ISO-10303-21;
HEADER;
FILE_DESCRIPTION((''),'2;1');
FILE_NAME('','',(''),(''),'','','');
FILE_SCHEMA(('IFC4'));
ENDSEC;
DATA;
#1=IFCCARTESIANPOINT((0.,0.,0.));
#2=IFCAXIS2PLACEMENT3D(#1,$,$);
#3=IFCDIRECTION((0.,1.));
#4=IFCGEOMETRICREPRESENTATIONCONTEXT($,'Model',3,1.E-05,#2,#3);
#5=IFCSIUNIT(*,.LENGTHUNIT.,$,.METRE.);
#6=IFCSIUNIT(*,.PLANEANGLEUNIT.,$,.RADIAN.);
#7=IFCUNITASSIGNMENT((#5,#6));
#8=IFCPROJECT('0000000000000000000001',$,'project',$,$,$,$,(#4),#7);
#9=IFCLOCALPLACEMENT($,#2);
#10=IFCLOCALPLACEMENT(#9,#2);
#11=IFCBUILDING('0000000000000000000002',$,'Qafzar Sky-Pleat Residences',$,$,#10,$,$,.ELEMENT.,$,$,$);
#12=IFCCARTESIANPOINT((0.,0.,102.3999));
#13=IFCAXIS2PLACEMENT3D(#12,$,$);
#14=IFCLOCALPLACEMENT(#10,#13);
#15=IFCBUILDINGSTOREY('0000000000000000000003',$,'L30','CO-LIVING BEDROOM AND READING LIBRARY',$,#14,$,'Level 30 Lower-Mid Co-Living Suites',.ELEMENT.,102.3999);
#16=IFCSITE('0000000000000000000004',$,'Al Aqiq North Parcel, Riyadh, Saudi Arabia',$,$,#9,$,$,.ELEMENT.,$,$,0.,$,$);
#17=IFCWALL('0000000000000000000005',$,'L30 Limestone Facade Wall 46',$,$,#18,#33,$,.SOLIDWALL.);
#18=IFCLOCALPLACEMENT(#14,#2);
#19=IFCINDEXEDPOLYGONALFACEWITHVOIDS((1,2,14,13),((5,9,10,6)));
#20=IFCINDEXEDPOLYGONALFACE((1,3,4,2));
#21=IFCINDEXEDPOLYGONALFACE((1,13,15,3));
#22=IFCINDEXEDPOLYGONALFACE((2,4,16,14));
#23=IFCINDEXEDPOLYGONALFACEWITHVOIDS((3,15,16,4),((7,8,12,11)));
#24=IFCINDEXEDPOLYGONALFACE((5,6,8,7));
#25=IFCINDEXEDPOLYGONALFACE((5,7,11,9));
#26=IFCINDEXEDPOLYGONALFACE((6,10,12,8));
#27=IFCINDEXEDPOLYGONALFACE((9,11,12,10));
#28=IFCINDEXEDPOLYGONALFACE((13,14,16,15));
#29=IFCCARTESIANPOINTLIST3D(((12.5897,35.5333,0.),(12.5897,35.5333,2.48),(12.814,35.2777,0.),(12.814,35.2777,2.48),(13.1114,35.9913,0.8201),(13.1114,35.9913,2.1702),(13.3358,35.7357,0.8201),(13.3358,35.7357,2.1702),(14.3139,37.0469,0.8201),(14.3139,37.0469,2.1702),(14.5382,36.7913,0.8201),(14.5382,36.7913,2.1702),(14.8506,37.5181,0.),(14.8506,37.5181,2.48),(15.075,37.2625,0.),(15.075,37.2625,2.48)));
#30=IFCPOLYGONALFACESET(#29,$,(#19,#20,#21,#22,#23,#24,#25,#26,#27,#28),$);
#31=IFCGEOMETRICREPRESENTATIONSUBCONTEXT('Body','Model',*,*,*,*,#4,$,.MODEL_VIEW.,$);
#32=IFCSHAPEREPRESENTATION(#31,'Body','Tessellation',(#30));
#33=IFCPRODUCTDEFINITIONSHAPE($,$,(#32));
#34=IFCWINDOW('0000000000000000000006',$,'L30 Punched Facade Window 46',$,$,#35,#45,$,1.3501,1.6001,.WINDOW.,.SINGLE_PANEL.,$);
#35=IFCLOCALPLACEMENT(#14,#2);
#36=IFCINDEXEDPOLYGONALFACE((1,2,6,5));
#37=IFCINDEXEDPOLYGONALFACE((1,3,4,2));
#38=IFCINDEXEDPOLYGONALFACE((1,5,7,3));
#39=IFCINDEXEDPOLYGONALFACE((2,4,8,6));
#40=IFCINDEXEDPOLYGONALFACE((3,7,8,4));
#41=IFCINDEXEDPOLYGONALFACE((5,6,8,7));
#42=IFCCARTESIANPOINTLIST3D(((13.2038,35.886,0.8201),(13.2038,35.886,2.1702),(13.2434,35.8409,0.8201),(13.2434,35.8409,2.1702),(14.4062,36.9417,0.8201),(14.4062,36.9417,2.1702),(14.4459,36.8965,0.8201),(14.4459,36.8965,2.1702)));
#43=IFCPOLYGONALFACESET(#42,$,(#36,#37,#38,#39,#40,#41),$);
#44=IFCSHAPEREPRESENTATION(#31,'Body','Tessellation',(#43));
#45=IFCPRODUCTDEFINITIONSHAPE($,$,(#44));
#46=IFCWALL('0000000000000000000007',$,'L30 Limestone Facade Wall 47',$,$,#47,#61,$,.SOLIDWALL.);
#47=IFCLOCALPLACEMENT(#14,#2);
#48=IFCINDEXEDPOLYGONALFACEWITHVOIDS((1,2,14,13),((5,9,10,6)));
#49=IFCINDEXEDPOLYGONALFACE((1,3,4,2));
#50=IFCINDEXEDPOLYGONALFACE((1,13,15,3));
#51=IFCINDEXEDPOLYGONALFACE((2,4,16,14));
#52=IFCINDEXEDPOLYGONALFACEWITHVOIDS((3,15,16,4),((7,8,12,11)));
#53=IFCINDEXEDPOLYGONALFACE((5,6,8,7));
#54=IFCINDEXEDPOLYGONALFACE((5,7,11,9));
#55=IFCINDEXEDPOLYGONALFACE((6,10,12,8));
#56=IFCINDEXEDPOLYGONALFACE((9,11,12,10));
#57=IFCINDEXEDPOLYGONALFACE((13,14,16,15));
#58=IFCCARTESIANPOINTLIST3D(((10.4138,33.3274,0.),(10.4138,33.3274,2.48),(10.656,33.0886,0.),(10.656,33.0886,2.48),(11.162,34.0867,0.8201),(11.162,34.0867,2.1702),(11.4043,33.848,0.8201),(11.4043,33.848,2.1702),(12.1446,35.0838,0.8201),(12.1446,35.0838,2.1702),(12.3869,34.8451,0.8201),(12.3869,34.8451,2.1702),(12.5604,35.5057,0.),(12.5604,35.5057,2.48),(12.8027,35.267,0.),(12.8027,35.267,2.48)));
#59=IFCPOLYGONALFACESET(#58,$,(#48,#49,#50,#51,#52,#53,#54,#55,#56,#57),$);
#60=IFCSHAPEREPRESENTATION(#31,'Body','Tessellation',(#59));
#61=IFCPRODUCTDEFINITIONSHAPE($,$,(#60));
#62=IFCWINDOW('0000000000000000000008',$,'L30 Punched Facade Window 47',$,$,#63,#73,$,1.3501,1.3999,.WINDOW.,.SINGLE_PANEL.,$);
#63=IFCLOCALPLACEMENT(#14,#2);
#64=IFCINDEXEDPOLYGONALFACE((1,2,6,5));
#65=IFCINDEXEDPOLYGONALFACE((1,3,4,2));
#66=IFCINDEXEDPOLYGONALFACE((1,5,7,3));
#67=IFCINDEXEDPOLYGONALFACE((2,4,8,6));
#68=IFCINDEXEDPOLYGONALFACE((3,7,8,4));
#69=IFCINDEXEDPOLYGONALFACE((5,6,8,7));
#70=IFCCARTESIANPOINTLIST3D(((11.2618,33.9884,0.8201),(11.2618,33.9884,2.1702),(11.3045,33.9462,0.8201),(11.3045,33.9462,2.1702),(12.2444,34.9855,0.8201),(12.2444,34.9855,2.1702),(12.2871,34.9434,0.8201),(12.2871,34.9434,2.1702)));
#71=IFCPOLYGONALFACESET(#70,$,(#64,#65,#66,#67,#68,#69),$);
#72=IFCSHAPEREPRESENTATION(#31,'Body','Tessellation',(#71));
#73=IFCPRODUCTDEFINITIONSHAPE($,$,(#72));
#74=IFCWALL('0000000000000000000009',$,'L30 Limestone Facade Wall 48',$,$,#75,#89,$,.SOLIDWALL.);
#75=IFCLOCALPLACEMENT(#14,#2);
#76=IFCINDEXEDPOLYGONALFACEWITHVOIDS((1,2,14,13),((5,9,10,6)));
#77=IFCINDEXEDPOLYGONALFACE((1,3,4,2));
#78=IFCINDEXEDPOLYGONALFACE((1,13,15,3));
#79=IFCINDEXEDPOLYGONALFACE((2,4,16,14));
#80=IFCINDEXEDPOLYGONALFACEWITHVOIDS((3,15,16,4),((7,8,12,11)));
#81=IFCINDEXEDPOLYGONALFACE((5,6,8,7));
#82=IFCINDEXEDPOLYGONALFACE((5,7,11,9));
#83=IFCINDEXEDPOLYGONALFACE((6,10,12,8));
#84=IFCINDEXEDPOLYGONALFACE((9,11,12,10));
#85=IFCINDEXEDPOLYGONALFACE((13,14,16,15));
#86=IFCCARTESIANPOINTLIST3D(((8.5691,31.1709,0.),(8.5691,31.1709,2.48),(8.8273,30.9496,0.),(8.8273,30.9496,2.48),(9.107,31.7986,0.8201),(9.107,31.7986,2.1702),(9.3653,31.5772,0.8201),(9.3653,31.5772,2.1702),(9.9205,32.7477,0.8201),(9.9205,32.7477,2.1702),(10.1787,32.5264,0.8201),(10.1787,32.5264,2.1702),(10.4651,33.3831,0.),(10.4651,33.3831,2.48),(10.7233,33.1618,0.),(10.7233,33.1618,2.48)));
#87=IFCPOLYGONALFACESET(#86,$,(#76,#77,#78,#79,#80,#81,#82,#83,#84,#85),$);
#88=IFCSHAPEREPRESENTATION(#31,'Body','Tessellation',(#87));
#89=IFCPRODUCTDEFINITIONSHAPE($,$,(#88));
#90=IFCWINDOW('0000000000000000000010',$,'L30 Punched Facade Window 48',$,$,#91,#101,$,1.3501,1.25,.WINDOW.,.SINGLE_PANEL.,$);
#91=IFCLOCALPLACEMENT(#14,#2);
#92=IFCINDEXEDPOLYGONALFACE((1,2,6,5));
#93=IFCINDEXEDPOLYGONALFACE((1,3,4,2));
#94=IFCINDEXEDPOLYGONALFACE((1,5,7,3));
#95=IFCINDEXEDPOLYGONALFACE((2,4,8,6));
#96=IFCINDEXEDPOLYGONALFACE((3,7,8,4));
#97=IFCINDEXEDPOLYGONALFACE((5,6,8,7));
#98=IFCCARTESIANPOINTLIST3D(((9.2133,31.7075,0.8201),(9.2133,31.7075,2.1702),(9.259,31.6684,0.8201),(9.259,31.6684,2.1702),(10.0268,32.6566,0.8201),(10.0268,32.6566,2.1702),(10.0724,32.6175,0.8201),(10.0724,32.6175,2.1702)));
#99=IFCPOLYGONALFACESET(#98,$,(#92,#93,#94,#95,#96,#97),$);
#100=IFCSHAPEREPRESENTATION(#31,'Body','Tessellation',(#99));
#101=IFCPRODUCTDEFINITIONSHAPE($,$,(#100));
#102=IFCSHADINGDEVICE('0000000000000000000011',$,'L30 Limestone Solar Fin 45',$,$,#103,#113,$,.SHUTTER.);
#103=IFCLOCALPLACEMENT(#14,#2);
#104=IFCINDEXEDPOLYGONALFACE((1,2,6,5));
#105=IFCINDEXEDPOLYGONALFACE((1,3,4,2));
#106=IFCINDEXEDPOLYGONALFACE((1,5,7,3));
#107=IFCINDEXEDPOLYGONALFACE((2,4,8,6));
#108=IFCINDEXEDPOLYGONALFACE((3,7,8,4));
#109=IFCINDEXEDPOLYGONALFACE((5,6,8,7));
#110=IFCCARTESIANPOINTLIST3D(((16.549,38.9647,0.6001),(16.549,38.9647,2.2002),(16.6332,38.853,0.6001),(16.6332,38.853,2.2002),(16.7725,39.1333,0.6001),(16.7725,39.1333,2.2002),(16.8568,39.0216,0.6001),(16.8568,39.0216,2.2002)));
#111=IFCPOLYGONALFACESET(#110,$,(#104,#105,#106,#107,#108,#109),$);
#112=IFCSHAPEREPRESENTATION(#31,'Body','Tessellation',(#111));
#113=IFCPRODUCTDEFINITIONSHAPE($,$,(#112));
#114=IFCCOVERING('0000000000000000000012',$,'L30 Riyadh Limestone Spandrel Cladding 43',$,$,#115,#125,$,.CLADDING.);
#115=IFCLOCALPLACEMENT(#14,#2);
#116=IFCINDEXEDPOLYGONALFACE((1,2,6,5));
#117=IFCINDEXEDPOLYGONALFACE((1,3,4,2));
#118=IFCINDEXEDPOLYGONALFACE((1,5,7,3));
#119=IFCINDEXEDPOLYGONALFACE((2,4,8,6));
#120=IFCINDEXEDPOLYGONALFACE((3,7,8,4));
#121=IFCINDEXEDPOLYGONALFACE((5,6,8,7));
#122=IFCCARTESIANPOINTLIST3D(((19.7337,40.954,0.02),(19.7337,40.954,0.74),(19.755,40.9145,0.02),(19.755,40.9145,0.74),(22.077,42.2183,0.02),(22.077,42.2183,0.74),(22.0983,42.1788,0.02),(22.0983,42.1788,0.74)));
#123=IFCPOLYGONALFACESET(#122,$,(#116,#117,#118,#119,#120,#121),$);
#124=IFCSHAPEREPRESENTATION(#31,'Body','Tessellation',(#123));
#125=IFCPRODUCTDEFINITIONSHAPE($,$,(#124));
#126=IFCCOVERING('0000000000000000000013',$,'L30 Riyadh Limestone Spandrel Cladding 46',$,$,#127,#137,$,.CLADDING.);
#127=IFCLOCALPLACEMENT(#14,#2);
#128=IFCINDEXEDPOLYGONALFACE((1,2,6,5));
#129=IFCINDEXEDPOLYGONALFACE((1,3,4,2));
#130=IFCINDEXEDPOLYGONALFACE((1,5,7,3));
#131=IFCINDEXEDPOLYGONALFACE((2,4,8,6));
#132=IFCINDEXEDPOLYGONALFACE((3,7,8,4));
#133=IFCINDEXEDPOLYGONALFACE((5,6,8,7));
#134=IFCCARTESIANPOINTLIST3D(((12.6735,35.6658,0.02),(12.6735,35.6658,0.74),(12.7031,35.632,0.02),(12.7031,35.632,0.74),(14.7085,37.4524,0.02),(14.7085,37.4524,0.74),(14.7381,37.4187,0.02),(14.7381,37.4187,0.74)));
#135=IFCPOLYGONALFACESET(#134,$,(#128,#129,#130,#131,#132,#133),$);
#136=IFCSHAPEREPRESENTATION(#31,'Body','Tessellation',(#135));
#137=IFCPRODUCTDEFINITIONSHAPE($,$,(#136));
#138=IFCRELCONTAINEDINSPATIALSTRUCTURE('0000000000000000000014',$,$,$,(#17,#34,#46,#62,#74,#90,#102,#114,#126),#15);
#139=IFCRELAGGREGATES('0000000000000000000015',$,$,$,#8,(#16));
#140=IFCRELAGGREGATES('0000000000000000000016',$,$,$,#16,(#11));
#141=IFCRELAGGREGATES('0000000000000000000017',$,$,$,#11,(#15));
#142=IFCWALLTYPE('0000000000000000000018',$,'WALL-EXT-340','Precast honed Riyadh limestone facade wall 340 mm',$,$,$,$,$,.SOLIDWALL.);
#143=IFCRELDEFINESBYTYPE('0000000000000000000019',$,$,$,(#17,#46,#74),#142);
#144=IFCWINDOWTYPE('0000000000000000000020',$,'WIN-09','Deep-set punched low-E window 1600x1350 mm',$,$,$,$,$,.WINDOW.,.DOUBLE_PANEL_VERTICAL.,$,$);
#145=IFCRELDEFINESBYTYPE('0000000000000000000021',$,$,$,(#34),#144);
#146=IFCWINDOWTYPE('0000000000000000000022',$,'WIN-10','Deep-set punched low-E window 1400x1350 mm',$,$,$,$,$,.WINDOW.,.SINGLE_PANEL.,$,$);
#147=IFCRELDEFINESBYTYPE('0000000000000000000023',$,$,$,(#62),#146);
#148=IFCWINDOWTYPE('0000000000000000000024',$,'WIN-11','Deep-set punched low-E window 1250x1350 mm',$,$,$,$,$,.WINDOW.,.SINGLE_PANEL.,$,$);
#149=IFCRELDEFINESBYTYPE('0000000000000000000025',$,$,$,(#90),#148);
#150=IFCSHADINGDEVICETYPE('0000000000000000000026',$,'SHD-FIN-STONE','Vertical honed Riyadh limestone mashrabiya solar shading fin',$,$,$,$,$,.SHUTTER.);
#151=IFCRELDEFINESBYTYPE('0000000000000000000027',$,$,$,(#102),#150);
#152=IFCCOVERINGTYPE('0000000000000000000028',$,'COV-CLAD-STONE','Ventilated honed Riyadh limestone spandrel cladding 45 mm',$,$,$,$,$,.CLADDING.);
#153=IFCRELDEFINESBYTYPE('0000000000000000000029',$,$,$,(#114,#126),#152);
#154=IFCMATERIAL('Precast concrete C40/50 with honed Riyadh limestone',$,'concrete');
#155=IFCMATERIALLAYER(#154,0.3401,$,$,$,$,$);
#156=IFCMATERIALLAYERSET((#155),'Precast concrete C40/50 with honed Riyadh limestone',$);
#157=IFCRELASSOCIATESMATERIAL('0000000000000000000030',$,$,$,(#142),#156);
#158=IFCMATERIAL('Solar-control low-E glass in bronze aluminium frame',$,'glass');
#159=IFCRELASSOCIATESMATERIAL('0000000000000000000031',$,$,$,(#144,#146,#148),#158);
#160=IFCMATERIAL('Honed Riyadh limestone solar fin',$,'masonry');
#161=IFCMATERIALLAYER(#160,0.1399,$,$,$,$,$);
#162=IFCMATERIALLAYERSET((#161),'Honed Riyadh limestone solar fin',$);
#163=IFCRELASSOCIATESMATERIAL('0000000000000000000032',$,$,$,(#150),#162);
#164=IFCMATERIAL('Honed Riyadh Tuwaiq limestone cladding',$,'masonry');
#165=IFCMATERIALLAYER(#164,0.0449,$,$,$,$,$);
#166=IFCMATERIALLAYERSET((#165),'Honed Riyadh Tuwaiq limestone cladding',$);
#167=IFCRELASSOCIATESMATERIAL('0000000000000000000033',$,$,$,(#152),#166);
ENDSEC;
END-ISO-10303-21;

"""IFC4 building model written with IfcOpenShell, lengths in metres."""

from ifc_helpers import new_model, si_unit, direction, frame, frame_2d, origin, origin_2d, place, context, subcontext, project, spatial, rectangle, extrude, source, transform, mapped, material, layer, layer_set, type_object, element, fill, save


model = new_model("IFC4")

# Units and contexts
model_context = context("Model", 3, precision=1e-05, world=origin(), true_north=direction((0.0, 1.0)))
body_context = subcontext(model_context, "Body", "Model", "MODEL_VIEW")
ifc_project = project(units=[si_unit("LENGTHUNIT", "METRE"), si_unit("PLANEANGLEUNIT", "RADIAN")], contexts=[model_context])

# Site, building, storey
site_placement = place(None, origin())
site = spatial("IfcSite", under=ifc_project, at=site_placement, Name="Al Aqiq North Parcel, Riyadh, Saudi Arabia", CompositionType="ELEMENT", RefElevation=0.0)
building_placement = place(site_placement, origin())
building = spatial("IfcBuilding", under=site, at=building_placement, Name="Qafzar Sky-Pleat Residences", CompositionType="ELEMENT")
storey_placement = place(building_placement, frame((0.0, 0.0, 102.3999)))
storey = spatial("IfcBuildingStorey", under=building, at=storey_placement, Name="L30", Description="CO-LIVING BEDROOM AND READING LIBRARY", LongName="Level 30 Lower-Mid Co-Living Suites", CompositionType="ELEMENT", Elevation=102.3999)

# Walls, openings, windows
ifc_material_1 = material(Name="Precast concrete C40/50 with honed Riyadh limestone", Category="concrete")
ifc_layer_1 = layer(ifc_material_1, 0.3401)
ifc_layer_set_1 = layer_set([ifc_layer_1], Name="Precast concrete C40/50 with honed Riyadh limestone")
wall_type_1 = type_object("IfcWallType", Name="WALL-EXT-340", Description="Precast honed Riyadh limestone facade wall 340 mm", PredefinedType="SOLIDWALL", material=ifc_layer_set_1)
ifc_material_2 = material(Name="Solar-control low-E glass in bronze aluminium frame", Category="glass")
wall_1_placement = place(storey_placement, frame((14.9629, 37.3904, 0.0), z_axis=(0.0, 0.0, 1.0), x_axis=(-0.751505, -0.659727, 0.0)))
wall_1 = element("IfcWall", 1, at=wall_1_placement, inside=storey, type_object=wall_type_1, Name="L30 Limestone Facade Wall 46", PredefinedType="SOLIDWALL", context=body_context, shape_type="SweptSolid", body=[
    extrude(rectangle(XDim=3.0085, YDim=0.3401, at=frame_2d((1.5044, 0.0))), origin(), (0.0, 0.0, 1.0), 2.48),
])
opening_1_placement = place(wall_1_placement, frame((0.7144, 0.0, 0.8201)))
opening_1 = element("IfcOpeningElement", 2, at=opening_1_placement, cuts=wall_1, PredefinedType="OPENING", context=body_context, shape_type="SweptSolid", body=[
    extrude(rectangle(XDim=1.6001, YDim=1.3501, at=frame_2d((0.8, 0.675))), frame((0.0, 0.1802, 0.0), z_axis=(0.0, -1.0, 0.0), x_axis=(1.0, 0.0, 0.0)), (0.0, 0.0, 1.0), 0.3601),
])
window_type_1 = type_object("IfcWindowType", Name="WIN-09", Description="Deep-set punched low-E window 1600x1350 mm", PartitioningType="DOUBLE_PANEL_VERTICAL", PredefinedType="WINDOW", material=ifc_material_2)
shared_shape_1 = source(origin(), body_context, "Body", "SweptSolid", [
    extrude(rectangle(XDim=1.6001, YDim=1.3501, at=frame_2d((0.8, 0.675))), frame((0.0, 0.03, 0.0), z_axis=(0.0, -1.0, 0.0), x_axis=(1.0, 0.0, 0.0)), (0.0, 0.0, 1.0), 0.0601),
])
window_1_placement = place(opening_1_placement, origin())
window_1 = element("IfcWindow", 3, at=window_1_placement, inside=storey, type_object=window_type_1, Name="L30 Punched Facade Window 46", OverallHeight=1.3501, OverallWidth=1.6001, PartitioningType="SINGLE_PANEL", PredefinedType="WINDOW", context=body_context, shape_type="MappedRepresentation", body=[
    mapped(shared_shape_1, transform((0.0, 0.0, 0.0), x_axis=(1.0, 0.0, 0.0), y_axis=(0.0, 1.0, 0.0), z_axis=(0.0, 0.0, 1.0), scale=1.0)),
])
fill(opening_1, window_1)
wall_2_placement = place(storey_placement, frame((12.6816, 35.3865, 0.0), z_axis=(0.0, 0.0, 1.0), x_axis=(-0.701899, -0.712276, 0.0)))
wall_2 = element("IfcWall", 4, at=wall_2_placement, inside=storey, type_object=wall_type_1, Name="L30 Limestone Facade Wall 47", PredefinedType="SOLIDWALL", context=body_context, shape_type="SweptSolid", body=[
    extrude(rectangle(XDim=3.0583, YDim=0.3401, at=frame_2d((1.5293, 0.0))), origin(), (0.0, 0.0, 1.0), 2.48),
])
opening_2_placement = place(wall_2_placement, frame((0.5925, 0.0, 0.8201)))
opening_2 = element("IfcOpeningElement", 5, at=opening_2_placement, cuts=wall_2, PredefinedType="OPENING", context=body_context, shape_type="SweptSolid", body=[
    extrude(rectangle(XDim=1.3999, YDim=1.3501, at=frame_2d((0.7, 0.675))), frame((0.0, 0.1802, 0.0), z_axis=(0.0, -1.0, 0.0), x_axis=(1.0, 0.0, 0.0)), (0.0, 0.0, 1.0), 0.3601),
])
window_type_2 = type_object("IfcWindowType", Name="WIN-10", Description="Deep-set punched low-E window 1400x1350 mm", PartitioningType="SINGLE_PANEL", PredefinedType="WINDOW", material=ifc_material_2)
shared_shape_2 = source(origin(), body_context, "Body", "SweptSolid", [
    extrude(rectangle(XDim=1.3999, YDim=1.3501, at=frame_2d((0.7, 0.675))), frame((0.0, 0.03, 0.0), z_axis=(0.0, -1.0, 0.0), x_axis=(1.0, 0.0, 0.0)), (0.0, 0.0, 1.0), 0.0601),
])
window_2_placement = place(opening_2_placement, origin())
window_2 = element("IfcWindow", 6, at=window_2_placement, inside=storey, type_object=window_type_2, Name="L30 Punched Facade Window 47", OverallHeight=1.3501, OverallWidth=1.3999, PartitioningType="SINGLE_PANEL", PredefinedType="WINDOW", context=body_context, shape_type="MappedRepresentation", body=[
    mapped(shared_shape_2, transform((0.0, 0.0, 0.0), x_axis=(1.0, 0.0, 0.0), y_axis=(0.0, 1.0, 0.0), z_axis=(0.0, 0.0, 1.0), scale=1.0)),
])
fill(opening_2, window_2)
wall_3_placement = place(storey_placement, frame((10.5942, 33.2725, 0.0), z_axis=(0.0, 0.0, 1.0), x_axis=(-0.650764, -0.75928, 0.0)))
wall_3 = element("IfcWall", 7, at=wall_3_placement, inside=storey, type_object=wall_type_1, Name="L30 Limestone Facade Wall 48", PredefinedType="SOLIDWALL", context=body_context, shape_type="SweptSolid", body=[
    extrude(rectangle(XDim=2.9136, YDim=0.3401, at=frame_2d((1.4568, 0.0))), origin(), (0.0, 0.0, 1.0), 2.48),
])
opening_3_placement = place(wall_3_placement, frame((0.8369, 0.0, 0.8201)))
opening_3 = element("IfcOpeningElement", 8, at=opening_3_placement, cuts=wall_3, PredefinedType="OPENING", context=body_context, shape_type="SweptSolid", body=[
    extrude(rectangle(XDim=1.25, YDim=1.3501, at=frame_2d((0.625, 0.675))), frame((0.0, 0.1802, 0.0), z_axis=(0.0, -1.0, 0.0), x_axis=(1.0, 0.0, 0.0)), (0.0, 0.0, 1.0), 0.3601),
])
window_type_3 = type_object("IfcWindowType", Name="WIN-11", Description="Deep-set punched low-E window 1250x1350 mm", PartitioningType="SINGLE_PANEL", PredefinedType="WINDOW", material=ifc_material_2)
shared_shape_3 = source(origin(), body_context, "Body", "SweptSolid", [
    extrude(rectangle(XDim=1.25, YDim=1.3501, at=frame_2d((0.625, 0.675))), frame((0.0, 0.03, 0.0), z_axis=(0.0, -1.0, 0.0), x_axis=(1.0, 0.0, 0.0)), (0.0, 0.0, 1.0), 0.0601),
])
window_3_placement = place(opening_3_placement, origin())
window_3 = element("IfcWindow", 9, at=window_3_placement, inside=storey, type_object=window_type_3, Name="L30 Punched Facade Window 48", OverallHeight=1.3501, OverallWidth=1.25, PartitioningType="SINGLE_PANEL", PredefinedType="WINDOW", context=body_context, shape_type="MappedRepresentation", body=[
    mapped(shared_shape_3, transform((0.0, 0.0, 0.0), x_axis=(1.0, 0.0, 0.0), y_axis=(0.0, 1.0, 0.0), z_axis=(0.0, 0.0, 1.0), scale=1.0)),
])
fill(opening_3, window_3)

# Shading device
ifc_material_3 = material(Name="Honed Riyadh limestone solar fin", Category="masonry")
ifc_layer_2 = layer(ifc_material_3, 0.1399)
ifc_layer_set_2 = layer_set([ifc_layer_2], Name="Honed Riyadh limestone solar fin")
shading_device_type = type_object("IfcShadingDeviceType", Name="SHD-FIN-STONE", Description="Vertical honed Riyadh limestone mashrabiya solar shading fin", PredefinedType="SHUTTER", material=ifc_layer_set_2)
shared_shape_4 = source(origin(), body_context, "Body", "SweptSolid", [
    extrude(rectangle(XDim=0.1399, YDim=0.28, at=origin_2d()), origin(), (0.0, 0.0, 1.0), 1.6001),
])
shading_device_placement = place(storey_placement, frame((16.7029, 38.9932, 0.6001), z_axis=(0.0, 0.0, 1.0), x_axis=(-0.602162, 0.798374, 0.0)))
element("IfcShadingDevice", 10, at=shading_device_placement, inside=storey, type_object=shading_device_type, Name="L30 Limestone Solar Fin 45", PredefinedType="SHUTTER", context=body_context, shape_type="MappedRepresentation", body=[
    mapped(shared_shape_4, transform((0.0, 0.0, 0.0), x_axis=(1.0, 0.0, 0.0), y_axis=(0.0, 1.0, 0.0), z_axis=(0.0, 0.0, 1.0), scale=1.0)),
])

# Coverings
ifc_material_4 = material(Name="Honed Riyadh Tuwaiq limestone cladding", Category="masonry")
ifc_layer_3 = layer(ifc_material_4, 0.0449)
ifc_layer_set_3 = layer_set([ifc_layer_3], Name="Honed Riyadh Tuwaiq limestone cladding")
covering_type = type_object("IfcCoveringType", Name="COV-CLAD-STONE", Description="Ventilated honed Riyadh limestone spandrel cladding 45 mm", PredefinedType="CLADDING", material=ifc_layer_set_3)
shared_shape_5 = source(origin(), body_context, "Body", "SweptSolid", [
    extrude(rectangle(XDim=2.6626, YDim=0.0449, at=origin_2d()), origin(), (0.0, 0.0, 1.0), 0.72),
])
covering_1_placement = place(storey_placement, frame((20.916, 41.5664, 0.02), z_axis=(0.0, 0.0, 1.0), x_axis=(-0.880075, -0.474835, 0.0)))
element("IfcCovering", 11, at=covering_1_placement, inside=storey, type_object=covering_type, Name="L30 Riyadh Limestone Spandrel Cladding 43", PredefinedType="CLADDING", context=body_context, shape_type="MappedRepresentation", body=[
    mapped(shared_shape_5, transform((0.0, 0.0, 0.0), x_axis=(1.0, 0.0, 0.0), y_axis=(0.0, 1.0, 0.0), z_axis=(0.0, 0.0, 1.0), scale=1.0)),
])
shared_shape_6 = source(origin(), body_context, "Body", "SweptSolid", [
    extrude(rectangle(XDim=2.708, YDim=0.0449, at=origin_2d()), origin(), (0.0, 0.0, 1.0), 0.72),
])
covering_2_placement = place(storey_placement, frame((13.7058, 36.5422, 0.02), z_axis=(0.0, 0.0, 1.0), x_axis=(-0.751482, -0.659753, 0.0)))
element("IfcCovering", 12, at=covering_2_placement, inside=storey, type_object=covering_type, Name="L30 Riyadh Limestone Spandrel Cladding 46", PredefinedType="CLADDING", context=body_context, shape_type="MappedRepresentation", body=[
    mapped(shared_shape_6, transform((0.0, 0.0, 0.0), x_axis=(1.0, 0.0, 0.0), y_axis=(0.0, 1.0, 0.0), z_axis=(0.0, 0.0, 1.0), scale=1.0)),
])

save(model, "model.ifc")
